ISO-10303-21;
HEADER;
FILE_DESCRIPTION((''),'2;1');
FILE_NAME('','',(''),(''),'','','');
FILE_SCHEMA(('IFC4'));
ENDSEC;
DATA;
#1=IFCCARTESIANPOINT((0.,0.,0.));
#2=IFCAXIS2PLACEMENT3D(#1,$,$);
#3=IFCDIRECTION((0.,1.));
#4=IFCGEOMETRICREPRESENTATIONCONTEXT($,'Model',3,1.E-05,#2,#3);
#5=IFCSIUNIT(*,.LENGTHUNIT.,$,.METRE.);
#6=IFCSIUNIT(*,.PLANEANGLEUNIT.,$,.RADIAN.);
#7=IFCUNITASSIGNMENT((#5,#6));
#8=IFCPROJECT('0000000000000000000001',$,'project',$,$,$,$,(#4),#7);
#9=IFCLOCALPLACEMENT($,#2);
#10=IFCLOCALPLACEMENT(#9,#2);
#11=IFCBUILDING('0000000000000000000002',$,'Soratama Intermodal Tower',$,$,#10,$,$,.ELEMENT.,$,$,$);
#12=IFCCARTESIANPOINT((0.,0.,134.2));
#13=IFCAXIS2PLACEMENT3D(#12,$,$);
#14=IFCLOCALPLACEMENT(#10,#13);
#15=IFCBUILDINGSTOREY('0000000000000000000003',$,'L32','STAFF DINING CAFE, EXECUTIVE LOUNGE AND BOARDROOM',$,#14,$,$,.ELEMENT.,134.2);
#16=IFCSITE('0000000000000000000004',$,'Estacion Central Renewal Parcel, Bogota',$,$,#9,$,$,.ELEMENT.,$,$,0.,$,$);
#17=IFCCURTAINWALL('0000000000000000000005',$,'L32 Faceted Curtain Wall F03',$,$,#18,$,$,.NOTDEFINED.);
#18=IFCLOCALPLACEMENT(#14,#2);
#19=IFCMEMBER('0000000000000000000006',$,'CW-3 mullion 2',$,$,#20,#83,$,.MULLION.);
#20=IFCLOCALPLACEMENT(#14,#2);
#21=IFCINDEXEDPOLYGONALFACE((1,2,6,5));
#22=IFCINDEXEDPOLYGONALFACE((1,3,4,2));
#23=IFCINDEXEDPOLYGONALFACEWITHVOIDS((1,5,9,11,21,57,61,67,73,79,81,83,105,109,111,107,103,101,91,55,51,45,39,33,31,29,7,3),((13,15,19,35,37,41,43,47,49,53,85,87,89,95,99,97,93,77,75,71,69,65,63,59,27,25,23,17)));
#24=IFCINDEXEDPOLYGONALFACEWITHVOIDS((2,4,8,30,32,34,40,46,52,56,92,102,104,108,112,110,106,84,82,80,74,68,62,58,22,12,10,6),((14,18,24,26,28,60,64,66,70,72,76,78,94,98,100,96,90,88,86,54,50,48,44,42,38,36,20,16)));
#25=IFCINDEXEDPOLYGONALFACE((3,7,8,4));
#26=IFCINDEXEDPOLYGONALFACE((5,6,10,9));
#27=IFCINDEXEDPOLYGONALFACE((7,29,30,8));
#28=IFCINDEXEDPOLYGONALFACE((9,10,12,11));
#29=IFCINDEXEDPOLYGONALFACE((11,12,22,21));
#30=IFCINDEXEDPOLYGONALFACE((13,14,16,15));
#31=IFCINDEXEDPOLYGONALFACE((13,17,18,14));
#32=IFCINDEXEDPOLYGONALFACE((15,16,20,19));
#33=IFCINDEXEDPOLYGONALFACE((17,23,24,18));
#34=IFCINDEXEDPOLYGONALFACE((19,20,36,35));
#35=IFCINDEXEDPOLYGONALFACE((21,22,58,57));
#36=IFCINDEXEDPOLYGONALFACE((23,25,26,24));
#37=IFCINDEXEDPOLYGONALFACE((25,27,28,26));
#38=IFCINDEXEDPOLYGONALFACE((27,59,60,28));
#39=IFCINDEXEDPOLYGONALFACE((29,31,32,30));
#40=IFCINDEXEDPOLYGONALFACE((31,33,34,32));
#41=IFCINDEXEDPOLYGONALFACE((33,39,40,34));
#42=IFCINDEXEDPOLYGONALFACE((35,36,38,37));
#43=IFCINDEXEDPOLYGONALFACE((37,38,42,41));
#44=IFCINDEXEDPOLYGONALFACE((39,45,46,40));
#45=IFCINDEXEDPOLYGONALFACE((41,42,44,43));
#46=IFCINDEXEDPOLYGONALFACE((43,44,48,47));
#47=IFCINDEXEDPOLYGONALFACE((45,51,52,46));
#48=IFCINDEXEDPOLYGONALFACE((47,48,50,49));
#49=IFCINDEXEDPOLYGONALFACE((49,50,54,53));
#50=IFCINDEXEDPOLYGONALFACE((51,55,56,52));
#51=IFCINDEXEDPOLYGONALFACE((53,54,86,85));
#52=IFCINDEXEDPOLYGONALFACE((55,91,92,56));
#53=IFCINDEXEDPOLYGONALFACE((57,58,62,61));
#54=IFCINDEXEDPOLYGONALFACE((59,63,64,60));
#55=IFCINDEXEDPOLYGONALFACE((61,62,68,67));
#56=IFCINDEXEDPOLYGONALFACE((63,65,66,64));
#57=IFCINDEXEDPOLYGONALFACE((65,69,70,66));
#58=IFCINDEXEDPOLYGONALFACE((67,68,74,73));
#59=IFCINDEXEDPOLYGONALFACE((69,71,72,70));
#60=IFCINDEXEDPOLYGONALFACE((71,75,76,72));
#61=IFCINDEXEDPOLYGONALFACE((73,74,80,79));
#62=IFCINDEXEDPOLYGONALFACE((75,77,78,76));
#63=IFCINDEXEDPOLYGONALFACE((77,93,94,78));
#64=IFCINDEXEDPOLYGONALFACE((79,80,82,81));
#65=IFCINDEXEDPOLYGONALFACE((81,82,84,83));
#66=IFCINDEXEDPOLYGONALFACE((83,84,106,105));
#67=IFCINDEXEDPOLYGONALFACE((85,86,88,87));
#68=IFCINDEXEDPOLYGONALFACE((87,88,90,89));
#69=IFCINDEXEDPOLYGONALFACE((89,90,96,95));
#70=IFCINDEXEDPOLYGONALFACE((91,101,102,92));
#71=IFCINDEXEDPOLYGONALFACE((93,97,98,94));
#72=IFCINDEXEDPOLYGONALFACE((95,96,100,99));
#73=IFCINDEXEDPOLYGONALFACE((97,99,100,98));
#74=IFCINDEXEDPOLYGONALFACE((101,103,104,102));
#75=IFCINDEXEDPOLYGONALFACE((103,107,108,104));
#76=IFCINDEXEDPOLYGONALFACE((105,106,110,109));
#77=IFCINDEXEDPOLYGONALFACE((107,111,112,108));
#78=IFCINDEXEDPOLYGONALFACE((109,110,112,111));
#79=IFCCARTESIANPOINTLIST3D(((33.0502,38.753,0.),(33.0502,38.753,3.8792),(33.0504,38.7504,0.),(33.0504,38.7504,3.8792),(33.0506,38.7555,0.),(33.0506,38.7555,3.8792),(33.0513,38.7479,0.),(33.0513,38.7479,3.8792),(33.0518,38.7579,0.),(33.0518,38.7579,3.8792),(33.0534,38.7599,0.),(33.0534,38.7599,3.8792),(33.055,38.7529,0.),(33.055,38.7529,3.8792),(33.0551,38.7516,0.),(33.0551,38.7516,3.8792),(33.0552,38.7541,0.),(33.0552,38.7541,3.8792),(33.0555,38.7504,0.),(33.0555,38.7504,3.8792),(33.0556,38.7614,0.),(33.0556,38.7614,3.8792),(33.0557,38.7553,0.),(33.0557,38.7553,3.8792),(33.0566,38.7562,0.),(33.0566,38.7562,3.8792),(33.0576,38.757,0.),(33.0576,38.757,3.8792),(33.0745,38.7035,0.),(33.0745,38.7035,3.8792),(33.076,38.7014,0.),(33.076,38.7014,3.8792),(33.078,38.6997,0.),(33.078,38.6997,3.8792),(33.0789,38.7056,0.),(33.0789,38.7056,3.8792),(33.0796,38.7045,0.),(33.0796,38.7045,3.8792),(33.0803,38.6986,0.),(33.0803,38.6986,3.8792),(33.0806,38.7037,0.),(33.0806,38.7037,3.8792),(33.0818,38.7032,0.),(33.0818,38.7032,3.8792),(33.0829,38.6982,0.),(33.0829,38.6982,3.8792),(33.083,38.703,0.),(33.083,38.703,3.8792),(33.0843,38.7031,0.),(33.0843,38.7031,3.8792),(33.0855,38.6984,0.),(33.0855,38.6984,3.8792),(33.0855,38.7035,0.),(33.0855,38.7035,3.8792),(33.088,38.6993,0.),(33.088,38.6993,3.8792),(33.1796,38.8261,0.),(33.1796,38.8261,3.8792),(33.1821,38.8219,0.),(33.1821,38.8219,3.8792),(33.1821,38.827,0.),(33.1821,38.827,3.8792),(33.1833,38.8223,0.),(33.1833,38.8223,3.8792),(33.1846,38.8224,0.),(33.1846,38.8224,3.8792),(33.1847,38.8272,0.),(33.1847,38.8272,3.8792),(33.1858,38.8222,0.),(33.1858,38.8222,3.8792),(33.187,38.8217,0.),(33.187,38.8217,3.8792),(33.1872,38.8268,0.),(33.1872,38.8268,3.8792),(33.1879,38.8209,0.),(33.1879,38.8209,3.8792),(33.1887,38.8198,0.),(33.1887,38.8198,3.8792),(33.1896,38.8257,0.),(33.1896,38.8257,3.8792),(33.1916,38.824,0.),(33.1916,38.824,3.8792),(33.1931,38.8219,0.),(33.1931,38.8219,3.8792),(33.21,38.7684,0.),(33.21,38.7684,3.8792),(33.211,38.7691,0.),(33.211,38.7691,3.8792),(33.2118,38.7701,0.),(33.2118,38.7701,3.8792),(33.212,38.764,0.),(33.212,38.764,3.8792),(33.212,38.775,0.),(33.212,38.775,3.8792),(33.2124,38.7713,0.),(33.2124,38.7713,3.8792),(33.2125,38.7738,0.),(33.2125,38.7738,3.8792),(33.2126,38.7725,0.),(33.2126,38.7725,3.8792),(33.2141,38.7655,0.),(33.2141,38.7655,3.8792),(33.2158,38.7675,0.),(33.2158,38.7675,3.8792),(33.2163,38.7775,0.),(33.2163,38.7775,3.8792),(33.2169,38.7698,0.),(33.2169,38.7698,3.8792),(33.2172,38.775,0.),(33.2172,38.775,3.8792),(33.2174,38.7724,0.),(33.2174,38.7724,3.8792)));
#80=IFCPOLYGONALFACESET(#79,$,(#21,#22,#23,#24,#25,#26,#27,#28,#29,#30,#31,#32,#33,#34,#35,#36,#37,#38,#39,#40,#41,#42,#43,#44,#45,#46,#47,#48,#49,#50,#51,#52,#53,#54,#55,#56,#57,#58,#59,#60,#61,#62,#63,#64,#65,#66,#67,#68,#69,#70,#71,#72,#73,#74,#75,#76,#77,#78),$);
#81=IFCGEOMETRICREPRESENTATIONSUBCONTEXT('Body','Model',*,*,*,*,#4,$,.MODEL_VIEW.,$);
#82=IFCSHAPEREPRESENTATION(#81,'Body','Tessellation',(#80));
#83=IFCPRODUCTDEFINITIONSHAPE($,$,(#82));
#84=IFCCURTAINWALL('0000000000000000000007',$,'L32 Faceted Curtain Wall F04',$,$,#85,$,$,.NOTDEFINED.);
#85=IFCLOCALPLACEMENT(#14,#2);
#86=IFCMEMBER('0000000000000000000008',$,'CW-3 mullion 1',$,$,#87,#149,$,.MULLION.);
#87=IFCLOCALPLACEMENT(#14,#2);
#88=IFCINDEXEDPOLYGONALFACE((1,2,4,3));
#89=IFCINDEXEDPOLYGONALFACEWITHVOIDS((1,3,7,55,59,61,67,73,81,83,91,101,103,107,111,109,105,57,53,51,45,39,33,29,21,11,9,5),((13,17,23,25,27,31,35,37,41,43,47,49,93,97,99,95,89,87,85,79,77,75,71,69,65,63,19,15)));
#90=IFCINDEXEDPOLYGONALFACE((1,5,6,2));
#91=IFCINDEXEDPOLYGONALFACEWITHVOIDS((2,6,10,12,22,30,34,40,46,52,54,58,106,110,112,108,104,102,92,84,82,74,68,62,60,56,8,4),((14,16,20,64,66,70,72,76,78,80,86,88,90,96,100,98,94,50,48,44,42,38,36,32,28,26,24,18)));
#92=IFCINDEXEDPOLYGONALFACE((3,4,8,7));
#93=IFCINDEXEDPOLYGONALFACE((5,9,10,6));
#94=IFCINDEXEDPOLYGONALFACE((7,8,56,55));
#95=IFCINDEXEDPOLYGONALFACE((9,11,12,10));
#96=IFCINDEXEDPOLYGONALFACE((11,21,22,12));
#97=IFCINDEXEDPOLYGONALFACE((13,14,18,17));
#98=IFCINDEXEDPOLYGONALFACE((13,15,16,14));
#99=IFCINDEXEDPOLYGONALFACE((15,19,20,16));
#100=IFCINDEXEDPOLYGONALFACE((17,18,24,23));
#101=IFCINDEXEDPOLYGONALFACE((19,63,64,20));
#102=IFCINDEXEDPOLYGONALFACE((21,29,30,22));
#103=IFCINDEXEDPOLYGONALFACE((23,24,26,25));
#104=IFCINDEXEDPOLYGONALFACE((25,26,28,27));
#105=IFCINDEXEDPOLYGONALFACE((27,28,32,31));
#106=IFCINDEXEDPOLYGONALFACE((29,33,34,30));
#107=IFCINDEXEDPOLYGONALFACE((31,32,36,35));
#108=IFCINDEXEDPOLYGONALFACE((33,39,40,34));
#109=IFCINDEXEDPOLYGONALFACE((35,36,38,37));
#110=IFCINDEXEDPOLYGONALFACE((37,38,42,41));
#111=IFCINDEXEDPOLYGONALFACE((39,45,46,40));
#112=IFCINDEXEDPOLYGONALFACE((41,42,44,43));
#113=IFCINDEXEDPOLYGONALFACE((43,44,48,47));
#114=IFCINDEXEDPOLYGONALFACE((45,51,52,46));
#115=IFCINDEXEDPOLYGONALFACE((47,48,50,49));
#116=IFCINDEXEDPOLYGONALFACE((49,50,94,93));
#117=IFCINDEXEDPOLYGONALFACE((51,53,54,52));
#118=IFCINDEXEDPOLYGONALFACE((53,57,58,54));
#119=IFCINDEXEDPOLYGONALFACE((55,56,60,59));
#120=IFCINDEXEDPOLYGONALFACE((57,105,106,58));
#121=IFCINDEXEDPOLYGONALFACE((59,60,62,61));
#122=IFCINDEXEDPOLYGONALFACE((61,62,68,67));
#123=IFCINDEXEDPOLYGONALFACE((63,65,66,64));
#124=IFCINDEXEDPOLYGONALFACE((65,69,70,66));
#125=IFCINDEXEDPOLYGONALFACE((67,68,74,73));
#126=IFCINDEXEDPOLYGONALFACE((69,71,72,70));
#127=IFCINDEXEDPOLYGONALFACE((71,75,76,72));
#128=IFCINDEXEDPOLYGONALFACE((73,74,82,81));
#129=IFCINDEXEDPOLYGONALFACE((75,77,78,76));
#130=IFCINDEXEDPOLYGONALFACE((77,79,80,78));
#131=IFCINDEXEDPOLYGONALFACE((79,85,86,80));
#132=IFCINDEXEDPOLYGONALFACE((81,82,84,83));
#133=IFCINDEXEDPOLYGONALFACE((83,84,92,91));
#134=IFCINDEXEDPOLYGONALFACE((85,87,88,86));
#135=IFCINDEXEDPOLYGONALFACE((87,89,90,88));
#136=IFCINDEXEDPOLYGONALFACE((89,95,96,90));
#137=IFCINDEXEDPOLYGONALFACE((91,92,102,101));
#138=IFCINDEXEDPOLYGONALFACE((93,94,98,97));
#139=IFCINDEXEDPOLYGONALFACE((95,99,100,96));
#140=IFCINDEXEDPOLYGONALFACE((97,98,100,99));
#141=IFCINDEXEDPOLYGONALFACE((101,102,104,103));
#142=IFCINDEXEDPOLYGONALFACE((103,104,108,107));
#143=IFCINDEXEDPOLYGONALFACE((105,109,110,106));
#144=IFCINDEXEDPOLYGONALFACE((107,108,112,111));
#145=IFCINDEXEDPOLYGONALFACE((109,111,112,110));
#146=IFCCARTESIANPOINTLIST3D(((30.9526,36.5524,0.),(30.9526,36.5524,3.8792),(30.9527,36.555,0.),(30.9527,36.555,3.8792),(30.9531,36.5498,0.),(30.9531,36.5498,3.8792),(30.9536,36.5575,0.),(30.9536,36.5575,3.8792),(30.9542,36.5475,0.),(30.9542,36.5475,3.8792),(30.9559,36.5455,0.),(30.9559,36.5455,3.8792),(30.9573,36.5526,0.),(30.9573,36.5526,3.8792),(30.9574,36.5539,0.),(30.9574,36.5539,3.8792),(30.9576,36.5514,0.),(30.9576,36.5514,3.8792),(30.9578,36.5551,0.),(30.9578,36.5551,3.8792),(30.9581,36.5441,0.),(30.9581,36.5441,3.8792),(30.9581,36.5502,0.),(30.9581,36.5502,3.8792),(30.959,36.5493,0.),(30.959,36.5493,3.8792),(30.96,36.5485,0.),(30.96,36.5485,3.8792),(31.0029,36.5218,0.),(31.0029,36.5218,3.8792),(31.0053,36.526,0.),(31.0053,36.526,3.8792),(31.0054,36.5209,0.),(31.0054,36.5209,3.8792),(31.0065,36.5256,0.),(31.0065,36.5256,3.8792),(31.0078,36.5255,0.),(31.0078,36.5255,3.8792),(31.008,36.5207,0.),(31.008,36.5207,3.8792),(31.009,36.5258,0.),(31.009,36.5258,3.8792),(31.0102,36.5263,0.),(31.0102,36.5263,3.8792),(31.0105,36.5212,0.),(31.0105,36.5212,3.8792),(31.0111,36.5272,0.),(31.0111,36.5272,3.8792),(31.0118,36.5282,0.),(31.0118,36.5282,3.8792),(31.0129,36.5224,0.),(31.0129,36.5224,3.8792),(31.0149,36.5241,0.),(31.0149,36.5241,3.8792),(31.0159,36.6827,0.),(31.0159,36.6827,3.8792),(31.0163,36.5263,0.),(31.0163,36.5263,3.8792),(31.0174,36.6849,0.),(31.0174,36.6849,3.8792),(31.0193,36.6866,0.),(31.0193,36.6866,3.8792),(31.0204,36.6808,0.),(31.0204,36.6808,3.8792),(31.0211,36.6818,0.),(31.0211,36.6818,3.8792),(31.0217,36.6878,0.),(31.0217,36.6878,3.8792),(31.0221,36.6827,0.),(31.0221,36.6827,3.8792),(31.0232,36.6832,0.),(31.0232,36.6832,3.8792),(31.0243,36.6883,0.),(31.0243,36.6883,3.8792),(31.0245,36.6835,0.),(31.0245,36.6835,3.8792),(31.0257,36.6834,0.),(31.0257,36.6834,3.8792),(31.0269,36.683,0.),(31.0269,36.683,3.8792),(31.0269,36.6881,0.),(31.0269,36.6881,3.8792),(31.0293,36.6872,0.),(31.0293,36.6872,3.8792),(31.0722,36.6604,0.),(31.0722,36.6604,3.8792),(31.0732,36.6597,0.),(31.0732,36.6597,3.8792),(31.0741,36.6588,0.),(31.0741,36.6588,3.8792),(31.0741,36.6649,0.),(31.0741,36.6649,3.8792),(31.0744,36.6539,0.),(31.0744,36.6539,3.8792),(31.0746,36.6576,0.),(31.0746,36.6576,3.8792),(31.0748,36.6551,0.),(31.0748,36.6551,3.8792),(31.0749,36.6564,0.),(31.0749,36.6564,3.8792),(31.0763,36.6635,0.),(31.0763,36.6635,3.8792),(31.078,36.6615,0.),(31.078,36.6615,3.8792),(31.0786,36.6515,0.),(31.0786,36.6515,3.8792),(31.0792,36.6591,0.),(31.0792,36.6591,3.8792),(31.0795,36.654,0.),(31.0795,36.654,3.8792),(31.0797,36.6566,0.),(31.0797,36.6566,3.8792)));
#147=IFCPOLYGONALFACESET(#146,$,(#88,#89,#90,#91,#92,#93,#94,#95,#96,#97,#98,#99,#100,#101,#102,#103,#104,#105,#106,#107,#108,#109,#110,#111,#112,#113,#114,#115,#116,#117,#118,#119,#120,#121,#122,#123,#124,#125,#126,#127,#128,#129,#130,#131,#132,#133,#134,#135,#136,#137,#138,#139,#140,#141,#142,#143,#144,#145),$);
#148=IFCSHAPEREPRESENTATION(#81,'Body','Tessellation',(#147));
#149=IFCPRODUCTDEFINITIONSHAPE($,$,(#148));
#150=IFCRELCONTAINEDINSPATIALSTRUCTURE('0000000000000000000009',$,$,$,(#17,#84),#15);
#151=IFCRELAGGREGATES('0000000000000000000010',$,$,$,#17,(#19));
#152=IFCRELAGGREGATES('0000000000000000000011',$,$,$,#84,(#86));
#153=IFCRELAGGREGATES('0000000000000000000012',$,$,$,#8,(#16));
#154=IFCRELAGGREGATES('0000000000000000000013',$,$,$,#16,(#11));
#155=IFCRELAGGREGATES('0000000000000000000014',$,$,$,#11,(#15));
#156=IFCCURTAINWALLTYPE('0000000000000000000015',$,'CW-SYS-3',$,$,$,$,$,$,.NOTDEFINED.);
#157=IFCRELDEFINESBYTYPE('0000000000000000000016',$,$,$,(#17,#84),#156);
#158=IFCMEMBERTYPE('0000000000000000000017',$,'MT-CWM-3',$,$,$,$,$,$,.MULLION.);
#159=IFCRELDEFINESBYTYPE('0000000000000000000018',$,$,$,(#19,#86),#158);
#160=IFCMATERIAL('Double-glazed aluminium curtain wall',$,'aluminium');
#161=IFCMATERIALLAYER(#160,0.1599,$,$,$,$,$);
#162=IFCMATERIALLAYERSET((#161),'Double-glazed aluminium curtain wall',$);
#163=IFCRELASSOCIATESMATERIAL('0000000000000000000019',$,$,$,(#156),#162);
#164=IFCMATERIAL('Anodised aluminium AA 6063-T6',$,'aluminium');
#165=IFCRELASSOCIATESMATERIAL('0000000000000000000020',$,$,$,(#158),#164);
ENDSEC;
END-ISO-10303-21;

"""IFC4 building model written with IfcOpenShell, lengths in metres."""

from ifc_helpers import new_model, si_unit, direction, frame, origin, origin_2d, place, context, subcontext, project, spatial, hollow_rectangle, extrude, material, layer, layer_set, material_profile, profile_set, type_object, element, aggregate, save


model = new_model("IFC4")

# Units and contexts
model_context = context("Model", 3, precision=1e-05, world=origin(), true_north=direction((0.0, 1.0)))
body_context = subcontext(model_context, "Body", "Model", "MODEL_VIEW")
ifc_project = project(units=[si_unit("LENGTHUNIT", "METRE"), si_unit("PLANEANGLEUNIT", "RADIAN")], contexts=[model_context])

# Site, building, storey
site_placement = place(None, origin())
site = spatial("IfcSite", under=ifc_project, at=site_placement, Name="Estacion Central Renewal Parcel, Bogota", CompositionType="ELEMENT", RefElevation=0.0)
building_placement = place(site_placement, origin())
building = spatial("IfcBuilding", under=site, at=building_placement, Name="Soratama Intermodal Tower", CompositionType="ELEMENT")
storey_placement = place(building_placement, frame((0.0, 0.0, 134.2)))
storey = spatial("IfcBuildingStorey", under=building, at=storey_placement, Name="L32", Description="STAFF DINING CAFE, EXECUTIVE LOUNGE AND BOARDROOM", CompositionType="ELEMENT", Elevation=134.2)

# Curtain wall, member
ifc_material_1 = material(Name="Double-glazed aluminium curtain wall", Category="aluminium")
ifc_layer_1 = layer(ifc_material_1, 0.1599)
ifc_layer_set_1 = layer_set([ifc_layer_1], Name="Double-glazed aluminium curtain wall")
curtain_wall_type = type_object("IfcCurtainWallType", Name="CW-SYS-3", PredefinedType="NOTDEFINED", material=ifc_layer_set_1)
curtain_wall_1_placement = place(storey_placement, origin())
curtain_wall_1 = element("IfcCurtainWall", 1, at=curtain_wall_1_placement, inside=storey, type_object=curtain_wall_type, Name="L32 Faceted Curtain Wall F03", PredefinedType="NOTDEFINED")
ifc_material_2 = material(Name="Anodised aluminium AA 6063-T6", Category="aluminium")
ifc_material_profile_1 = material_profile(ifc_material_2, hollow_rectangle(XDim=0.0701, YDim=0.1599, WallThickness=0.0049, InnerFilletRadius=0.0049, OuterFilletRadius=0.01, at=origin_2d()), Name="CWM160X70X5")
ifc_profile_set_1 = profile_set([ifc_material_profile_1], Name="Anodised aluminium AA 6063-T6")
member_type_1 = type_object("IfcMemberType", Name="MT-CWM-3", PredefinedType="MULLION", material=ifc_profile_set_1)
member_1_placement = place(storey_placement, frame((33.1338, 38.7627, 0.0), z_axis=(0.0, 0.0, 1.0), x_axis=(0.462359, -0.886693, 0.0)))
member_1 = element("IfcMember", 2, at=member_1_placement, type_object=member_type_1, Name="CW-3 mullion 2", PredefinedType="MULLION", context=body_context, shape_type="SweptSolid", body=[
    extrude(hollow_rectangle(XDim=0.0701, YDim=0.1599, WallThickness=0.0049, InnerFilletRadius=0.0049, OuterFilletRadius=0.01, at=origin_2d()), origin(), (0.0, 0.0, 1.0), 3.8792),
])
aggregate(curtain_wall_1, [member_1])

# Curtain wall, member
curtain_wall_2_placement = place(storey_placement, origin())
curtain_wall_2 = element("IfcCurtainWall", 3, at=curtain_wall_2_placement, inside=storey, type_object=curtain_wall_type, Name="L32 Faceted Curtain Wall F04", PredefinedType="NOTDEFINED")
member_2_placement = place(storey_placement, frame((31.0161, 36.6045, 0.0), z_axis=(0.0, 0.0, 1.0), x_axis=(0.895247, -0.44557, 0.0)))
member_2 = element("IfcMember", 4, at=member_2_placement, type_object=member_type_1, Name="CW-3 mullion 1", PredefinedType="MULLION", context=body_context, shape_type="SweptSolid", body=[
    extrude(hollow_rectangle(XDim=0.0701, YDim=0.1599, WallThickness=0.0049, InnerFilletRadius=0.0049, OuterFilletRadius=0.01, at=origin_2d()), origin(), (0.0, 0.0, 1.0), 3.8792),
])
aggregate(curtain_wall_2, [member_2])

save(model, "model.ifc")
